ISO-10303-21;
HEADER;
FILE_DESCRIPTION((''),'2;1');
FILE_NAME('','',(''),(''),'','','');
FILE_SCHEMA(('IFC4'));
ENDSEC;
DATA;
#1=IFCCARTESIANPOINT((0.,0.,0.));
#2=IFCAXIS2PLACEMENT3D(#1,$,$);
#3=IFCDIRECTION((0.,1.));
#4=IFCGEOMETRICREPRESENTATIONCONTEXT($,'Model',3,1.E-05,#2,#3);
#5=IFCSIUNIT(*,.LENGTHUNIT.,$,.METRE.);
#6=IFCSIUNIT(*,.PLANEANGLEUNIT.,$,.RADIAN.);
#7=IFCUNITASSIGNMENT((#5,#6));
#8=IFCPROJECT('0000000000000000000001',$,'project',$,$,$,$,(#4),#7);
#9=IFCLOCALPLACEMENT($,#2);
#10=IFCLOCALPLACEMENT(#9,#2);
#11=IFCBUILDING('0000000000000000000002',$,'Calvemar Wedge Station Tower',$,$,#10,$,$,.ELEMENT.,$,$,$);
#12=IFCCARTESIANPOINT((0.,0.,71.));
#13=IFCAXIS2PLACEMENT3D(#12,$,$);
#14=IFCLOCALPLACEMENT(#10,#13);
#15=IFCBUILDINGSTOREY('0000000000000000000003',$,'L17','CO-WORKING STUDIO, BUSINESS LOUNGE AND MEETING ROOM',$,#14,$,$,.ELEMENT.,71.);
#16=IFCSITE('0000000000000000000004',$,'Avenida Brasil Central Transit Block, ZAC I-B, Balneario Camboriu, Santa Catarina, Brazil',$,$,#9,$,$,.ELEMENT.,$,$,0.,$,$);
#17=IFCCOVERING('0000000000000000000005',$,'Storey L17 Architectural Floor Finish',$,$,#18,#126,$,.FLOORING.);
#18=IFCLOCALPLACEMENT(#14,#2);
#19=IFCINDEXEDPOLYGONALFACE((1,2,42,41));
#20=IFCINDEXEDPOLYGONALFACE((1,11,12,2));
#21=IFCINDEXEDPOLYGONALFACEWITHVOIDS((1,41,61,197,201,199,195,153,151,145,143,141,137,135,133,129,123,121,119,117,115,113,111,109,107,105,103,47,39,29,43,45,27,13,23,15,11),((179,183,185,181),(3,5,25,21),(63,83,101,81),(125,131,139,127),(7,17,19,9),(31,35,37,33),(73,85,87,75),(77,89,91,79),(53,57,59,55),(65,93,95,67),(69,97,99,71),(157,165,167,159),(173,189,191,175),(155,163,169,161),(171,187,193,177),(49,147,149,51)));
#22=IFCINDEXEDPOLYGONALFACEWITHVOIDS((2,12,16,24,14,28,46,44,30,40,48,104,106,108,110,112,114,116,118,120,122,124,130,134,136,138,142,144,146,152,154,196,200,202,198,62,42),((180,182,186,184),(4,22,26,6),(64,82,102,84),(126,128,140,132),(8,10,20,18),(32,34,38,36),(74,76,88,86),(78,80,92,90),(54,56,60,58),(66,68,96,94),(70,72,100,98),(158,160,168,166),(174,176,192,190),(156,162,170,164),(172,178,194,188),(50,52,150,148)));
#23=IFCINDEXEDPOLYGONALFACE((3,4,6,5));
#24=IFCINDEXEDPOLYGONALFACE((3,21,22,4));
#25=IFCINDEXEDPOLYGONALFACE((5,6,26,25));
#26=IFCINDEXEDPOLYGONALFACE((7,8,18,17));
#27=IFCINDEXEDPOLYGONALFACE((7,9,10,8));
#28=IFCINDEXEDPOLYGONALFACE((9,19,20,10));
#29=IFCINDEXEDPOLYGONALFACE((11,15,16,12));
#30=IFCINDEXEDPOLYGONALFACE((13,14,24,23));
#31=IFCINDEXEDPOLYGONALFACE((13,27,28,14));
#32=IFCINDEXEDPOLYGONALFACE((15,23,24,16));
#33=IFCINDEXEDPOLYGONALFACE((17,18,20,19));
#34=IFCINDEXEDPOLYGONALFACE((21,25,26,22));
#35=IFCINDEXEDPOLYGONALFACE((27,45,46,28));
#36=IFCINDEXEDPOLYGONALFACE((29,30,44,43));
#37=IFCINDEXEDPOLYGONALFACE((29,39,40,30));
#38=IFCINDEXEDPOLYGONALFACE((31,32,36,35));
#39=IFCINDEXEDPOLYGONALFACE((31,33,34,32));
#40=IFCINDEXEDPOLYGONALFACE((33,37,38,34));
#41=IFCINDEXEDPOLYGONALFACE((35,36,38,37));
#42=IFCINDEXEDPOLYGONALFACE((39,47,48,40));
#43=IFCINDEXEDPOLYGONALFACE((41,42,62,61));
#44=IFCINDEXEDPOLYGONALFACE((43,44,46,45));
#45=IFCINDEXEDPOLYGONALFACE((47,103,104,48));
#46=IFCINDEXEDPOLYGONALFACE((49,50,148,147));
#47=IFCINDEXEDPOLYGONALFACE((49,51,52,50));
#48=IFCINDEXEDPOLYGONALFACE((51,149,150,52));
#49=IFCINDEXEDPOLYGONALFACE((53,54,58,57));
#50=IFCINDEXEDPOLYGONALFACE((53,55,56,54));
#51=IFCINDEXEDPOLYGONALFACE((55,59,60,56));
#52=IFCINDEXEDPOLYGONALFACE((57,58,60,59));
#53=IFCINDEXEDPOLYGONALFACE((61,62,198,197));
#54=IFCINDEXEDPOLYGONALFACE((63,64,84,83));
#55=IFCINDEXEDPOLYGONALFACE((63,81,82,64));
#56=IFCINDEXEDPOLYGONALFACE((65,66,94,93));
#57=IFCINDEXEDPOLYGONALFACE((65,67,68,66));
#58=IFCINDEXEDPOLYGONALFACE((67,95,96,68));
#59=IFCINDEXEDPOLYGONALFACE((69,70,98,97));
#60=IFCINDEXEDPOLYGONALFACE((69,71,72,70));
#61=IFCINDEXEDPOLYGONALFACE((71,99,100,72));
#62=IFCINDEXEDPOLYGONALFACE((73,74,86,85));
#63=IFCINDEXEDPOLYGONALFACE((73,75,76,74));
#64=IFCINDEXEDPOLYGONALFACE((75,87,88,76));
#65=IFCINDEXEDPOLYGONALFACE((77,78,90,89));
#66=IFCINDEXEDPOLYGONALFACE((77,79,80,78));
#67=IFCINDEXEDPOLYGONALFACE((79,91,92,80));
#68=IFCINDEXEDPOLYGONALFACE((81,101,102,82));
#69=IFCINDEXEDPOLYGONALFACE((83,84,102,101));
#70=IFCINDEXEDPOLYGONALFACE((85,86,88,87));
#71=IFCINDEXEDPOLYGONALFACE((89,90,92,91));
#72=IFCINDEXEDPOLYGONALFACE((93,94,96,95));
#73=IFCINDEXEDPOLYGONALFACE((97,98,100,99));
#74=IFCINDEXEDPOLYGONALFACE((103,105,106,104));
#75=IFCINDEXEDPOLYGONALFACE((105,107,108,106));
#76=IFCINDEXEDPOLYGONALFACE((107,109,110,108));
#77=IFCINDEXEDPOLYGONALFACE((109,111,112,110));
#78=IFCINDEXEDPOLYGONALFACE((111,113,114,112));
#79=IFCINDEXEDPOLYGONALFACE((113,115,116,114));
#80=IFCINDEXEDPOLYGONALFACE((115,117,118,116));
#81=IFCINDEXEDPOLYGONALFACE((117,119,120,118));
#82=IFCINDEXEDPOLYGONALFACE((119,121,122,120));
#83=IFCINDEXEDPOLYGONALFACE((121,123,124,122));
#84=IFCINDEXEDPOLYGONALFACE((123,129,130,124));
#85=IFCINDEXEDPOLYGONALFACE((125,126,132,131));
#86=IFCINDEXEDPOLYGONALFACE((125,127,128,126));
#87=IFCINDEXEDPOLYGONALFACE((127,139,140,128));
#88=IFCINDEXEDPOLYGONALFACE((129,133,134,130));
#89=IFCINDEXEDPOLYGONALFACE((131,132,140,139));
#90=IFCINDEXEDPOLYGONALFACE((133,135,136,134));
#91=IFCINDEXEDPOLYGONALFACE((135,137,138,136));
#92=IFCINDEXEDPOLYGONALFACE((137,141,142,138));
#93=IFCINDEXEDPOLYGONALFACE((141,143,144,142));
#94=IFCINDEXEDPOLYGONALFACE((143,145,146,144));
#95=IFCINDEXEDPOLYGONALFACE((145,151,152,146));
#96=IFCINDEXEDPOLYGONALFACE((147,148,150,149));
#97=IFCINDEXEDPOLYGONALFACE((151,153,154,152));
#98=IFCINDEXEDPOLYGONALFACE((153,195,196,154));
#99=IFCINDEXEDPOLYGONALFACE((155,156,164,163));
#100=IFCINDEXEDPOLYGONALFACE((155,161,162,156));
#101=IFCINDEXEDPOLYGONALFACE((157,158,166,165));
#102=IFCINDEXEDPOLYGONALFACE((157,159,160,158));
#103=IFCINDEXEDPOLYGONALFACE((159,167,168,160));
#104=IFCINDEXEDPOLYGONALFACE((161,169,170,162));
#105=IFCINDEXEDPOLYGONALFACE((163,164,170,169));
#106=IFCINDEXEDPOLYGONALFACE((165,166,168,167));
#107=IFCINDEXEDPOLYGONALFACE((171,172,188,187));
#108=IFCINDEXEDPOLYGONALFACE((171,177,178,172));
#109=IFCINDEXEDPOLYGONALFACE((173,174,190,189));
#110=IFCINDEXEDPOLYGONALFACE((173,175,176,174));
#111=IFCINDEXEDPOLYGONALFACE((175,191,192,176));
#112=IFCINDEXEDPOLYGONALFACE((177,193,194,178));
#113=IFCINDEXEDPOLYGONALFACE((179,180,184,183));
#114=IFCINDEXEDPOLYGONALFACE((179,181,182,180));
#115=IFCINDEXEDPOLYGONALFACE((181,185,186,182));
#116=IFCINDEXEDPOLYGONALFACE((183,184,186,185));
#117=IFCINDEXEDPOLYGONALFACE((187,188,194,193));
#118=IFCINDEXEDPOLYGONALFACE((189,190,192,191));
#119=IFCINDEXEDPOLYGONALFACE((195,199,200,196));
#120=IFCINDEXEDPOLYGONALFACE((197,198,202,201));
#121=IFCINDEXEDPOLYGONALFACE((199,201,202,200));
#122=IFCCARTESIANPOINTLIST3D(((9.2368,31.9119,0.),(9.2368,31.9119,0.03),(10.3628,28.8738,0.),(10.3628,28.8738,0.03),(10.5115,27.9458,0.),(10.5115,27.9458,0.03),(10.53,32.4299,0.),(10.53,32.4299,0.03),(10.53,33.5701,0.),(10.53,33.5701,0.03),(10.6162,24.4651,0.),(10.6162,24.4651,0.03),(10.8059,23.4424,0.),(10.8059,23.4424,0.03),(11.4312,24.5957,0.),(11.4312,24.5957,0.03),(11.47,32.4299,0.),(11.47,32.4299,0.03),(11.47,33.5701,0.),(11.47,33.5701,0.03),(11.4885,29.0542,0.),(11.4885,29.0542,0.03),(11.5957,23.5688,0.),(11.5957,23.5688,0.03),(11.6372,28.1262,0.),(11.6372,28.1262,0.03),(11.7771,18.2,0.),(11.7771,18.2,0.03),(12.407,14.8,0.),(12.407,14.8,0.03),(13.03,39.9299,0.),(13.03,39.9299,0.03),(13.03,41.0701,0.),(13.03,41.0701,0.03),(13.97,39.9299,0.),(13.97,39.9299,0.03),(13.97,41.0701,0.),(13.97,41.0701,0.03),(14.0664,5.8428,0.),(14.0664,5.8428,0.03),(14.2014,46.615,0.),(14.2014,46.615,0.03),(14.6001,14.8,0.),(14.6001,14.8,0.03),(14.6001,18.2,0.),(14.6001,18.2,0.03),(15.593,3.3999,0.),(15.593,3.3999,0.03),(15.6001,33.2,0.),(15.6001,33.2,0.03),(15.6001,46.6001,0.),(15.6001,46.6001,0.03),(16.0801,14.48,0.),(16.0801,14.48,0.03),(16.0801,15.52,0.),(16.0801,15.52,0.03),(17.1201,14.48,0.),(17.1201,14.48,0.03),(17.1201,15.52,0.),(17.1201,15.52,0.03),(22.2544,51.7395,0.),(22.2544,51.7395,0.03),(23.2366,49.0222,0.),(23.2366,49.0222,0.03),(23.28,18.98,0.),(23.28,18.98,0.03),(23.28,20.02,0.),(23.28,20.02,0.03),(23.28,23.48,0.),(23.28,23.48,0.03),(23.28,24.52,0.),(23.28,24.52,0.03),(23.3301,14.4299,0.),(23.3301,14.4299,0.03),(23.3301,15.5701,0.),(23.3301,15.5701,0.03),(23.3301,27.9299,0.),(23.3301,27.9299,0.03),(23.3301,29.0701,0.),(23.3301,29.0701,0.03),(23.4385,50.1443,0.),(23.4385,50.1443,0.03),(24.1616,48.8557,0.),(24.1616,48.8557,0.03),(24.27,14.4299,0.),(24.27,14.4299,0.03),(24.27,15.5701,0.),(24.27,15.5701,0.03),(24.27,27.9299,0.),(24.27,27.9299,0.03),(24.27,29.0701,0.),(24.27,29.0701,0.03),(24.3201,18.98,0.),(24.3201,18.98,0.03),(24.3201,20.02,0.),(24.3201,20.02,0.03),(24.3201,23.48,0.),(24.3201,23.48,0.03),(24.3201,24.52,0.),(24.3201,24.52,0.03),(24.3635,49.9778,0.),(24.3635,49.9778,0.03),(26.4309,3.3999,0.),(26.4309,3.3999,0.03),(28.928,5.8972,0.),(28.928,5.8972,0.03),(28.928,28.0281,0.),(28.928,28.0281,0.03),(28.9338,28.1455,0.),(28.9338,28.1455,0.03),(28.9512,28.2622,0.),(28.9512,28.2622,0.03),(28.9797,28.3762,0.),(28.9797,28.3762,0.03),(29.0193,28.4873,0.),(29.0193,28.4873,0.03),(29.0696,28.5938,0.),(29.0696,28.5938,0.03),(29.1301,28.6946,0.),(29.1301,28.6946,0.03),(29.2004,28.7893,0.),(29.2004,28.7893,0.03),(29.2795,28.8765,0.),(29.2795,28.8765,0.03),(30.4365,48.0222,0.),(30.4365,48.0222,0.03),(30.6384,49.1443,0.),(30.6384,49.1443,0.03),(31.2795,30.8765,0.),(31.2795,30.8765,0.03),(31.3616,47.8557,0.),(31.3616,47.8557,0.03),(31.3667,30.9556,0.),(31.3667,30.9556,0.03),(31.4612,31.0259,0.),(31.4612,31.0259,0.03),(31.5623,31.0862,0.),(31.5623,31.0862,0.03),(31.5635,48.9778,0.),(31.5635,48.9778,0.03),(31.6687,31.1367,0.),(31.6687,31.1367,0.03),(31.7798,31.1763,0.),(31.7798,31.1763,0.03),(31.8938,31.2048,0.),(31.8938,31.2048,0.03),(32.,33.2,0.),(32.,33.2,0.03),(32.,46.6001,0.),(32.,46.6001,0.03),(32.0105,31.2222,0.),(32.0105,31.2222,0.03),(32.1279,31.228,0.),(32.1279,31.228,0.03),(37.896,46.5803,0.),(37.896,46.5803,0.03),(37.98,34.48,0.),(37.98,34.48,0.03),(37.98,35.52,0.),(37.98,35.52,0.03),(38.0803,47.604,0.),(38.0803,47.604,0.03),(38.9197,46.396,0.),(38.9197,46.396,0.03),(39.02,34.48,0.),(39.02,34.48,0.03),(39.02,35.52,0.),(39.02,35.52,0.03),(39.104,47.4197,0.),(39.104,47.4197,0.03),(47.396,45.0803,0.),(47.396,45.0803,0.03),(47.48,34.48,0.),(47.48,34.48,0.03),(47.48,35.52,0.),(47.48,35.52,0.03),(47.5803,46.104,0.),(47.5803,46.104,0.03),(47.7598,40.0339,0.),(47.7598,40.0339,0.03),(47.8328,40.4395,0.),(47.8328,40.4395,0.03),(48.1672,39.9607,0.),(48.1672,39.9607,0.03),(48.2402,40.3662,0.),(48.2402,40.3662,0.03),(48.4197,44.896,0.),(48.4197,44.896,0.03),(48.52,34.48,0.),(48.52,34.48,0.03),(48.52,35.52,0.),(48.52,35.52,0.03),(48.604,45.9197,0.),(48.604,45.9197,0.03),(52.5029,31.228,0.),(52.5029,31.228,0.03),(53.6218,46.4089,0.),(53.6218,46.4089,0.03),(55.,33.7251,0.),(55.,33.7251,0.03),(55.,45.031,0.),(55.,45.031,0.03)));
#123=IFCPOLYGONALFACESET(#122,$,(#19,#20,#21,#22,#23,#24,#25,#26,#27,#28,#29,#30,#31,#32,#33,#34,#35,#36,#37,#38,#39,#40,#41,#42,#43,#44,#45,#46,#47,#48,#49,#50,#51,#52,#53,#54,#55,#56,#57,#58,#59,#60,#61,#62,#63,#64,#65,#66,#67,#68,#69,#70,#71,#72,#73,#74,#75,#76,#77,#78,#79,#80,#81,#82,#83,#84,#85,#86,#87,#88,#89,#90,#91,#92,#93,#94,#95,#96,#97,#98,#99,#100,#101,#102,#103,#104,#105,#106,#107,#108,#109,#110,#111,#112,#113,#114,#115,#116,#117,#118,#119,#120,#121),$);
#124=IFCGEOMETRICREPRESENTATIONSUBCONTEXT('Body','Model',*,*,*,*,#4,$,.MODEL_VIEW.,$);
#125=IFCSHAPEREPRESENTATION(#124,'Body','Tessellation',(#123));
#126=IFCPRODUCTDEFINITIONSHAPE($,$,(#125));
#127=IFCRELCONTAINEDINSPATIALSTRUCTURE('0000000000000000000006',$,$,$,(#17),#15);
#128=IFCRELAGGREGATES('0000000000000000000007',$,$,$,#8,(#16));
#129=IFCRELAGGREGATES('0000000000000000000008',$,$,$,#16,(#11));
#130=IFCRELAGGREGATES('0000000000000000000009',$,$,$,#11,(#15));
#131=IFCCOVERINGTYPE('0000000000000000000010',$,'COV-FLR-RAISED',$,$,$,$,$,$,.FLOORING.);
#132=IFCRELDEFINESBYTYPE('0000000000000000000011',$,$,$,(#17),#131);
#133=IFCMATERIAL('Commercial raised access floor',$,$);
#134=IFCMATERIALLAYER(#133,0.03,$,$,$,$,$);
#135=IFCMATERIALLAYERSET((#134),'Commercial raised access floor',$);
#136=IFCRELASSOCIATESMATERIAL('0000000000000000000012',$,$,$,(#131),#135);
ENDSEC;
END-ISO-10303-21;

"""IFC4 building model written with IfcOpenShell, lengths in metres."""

from ifc_helpers import new_model, si_unit, direction, frame, origin, place, context, subcontext, project, spatial, polyline, outline, extrude, material, layer, layer_set, type_object, element, save


model = new_model("IFC4")

# Units and contexts
model_context = context("Model", 3, precision=1e-05, world=origin(), true_north=direction((0.0, 1.0)))
body_context = subcontext(model_context, "Body", "Model", "MODEL_VIEW")
ifc_project = project(units=[si_unit("LENGTHUNIT", "METRE"), si_unit("PLANEANGLEUNIT", "RADIAN")], contexts=[model_context])

# Site, building, storey
site_placement = place(None, origin())
site = spatial("IfcSite", under=ifc_project, at=site_placement, Name="Avenida Brasil Central Transit Block, ZAC I-B, Balneario Camboriu, Santa Catarina, Brazil", CompositionType="ELEMENT", RefElevation=0.0)
building_placement = place(site_placement, origin())
building = spatial("IfcBuilding", under=site, at=building_placement, Name="Calvemar Wedge Station Tower", CompositionType="ELEMENT")
storey_placement = place(building_placement, frame((0.0, 0.0, 71.0)))
storey = spatial("IfcBuildingStorey", under=building, at=storey_placement, Name="L17", Description="CO-WORKING STUDIO, BUSINESS LOUNGE AND MEETING ROOM", CompositionType="ELEMENT", Elevation=71.0)

# Covering
ifc_material_1 = material(Name="Commercial raised access floor")
ifc_layer_1 = layer(ifc_material_1, 0.03)
ifc_layer_set_1 = layer_set([ifc_layer_1], Name="Commercial raised access floor")
covering_type_1 = type_object("IfcCoveringType", Name="COV-FLR-RAISED", PredefinedType="FLOORING", material=ifc_layer_set_1)
covering_1_placement = place(storey_placement, origin())
element("IfcCovering", 1, at=covering_1_placement, inside=storey, type_object=covering_type_1, Name="Storey L17 Architectural Floor Finish", PredefinedType="FLOORING", context=body_context, shape_type="SweptSolid", body=[
    extrude(outline(polyline([(29.2795, 28.8765), (31.2795, 30.8765), (31.3667, 30.9556), (31.4612, 31.0259), (31.5623, 31.0862), (31.6687, 31.1367), (31.7798, 31.1763), (31.8938, 31.2048), (32.0105, 31.2222), (32.1279, 31.228), (52.5029, 31.228), (55.0, 33.7251), (55.0, 45.031), (53.6218, 46.4089), (22.2544, 51.7395), (14.2014, 46.615), (9.2368, 31.9119), (10.6162, 24.4651), (11.4312, 24.5957), (11.5957, 23.5688), (10.8059, 23.4424), (11.7771, 18.2), (14.6001, 18.2), (14.6001, 14.8), (12.407, 14.8), (14.0664, 5.8428), (15.593, 3.3999), (26.4309, 3.3999), (28.928, 5.8972), (28.928, 28.0281), (28.9338, 28.1455), (28.9512, 28.2622), (28.9797, 28.3762), (29.0193, 28.4873), (29.0696, 28.5938), (29.1301, 28.6946), (29.2004, 28.7893), (29.2795, 28.8765)]), holes=[polyline([(15.6001, 46.6001), (32.0, 46.6001), (32.0, 33.2), (15.6001, 33.2), (15.6001, 46.6001)]), polyline([(10.53, 32.4299), (10.53, 33.5701), (11.47, 33.5701), (11.47, 32.4299), (10.53, 32.4299)]), polyline([(13.03, 41.0701), (13.97, 41.0701), (13.97, 39.9299), (13.03, 39.9299), (13.03, 41.0701)]), polyline([(24.3635, 49.9778), (24.1616, 48.8557), (23.2366, 49.0222), (23.4385, 50.1443), (24.3635, 49.9778)]), polyline([(31.3616, 47.8557), (30.4365, 48.0222), (30.6384, 49.1443), (31.5635, 48.9778), (31.3616, 47.8557)]), polyline([(37.896, 46.5803), (38.0803, 47.604), (39.104, 47.4197), (38.9197, 46.396), (37.896, 46.5803)]), polyline([(47.5803, 46.104), (48.604, 45.9197), (48.4197, 44.896), (47.396, 45.0803), (47.5803, 46.104)]), polyline([(39.02, 35.52), (39.02, 34.48), (37.98, 34.48), (37.98, 35.52), (39.02, 35.52)]), polyline([(48.52, 34.48), (47.48, 34.48), (47.48, 35.52), (48.52, 35.52), (48.52, 34.48)]), polyline([(47.7598, 40.0339), (47.8328, 40.4395), (48.2402, 40.3662), (48.1672, 39.9607), (47.7598, 40.0339)]), polyline([(11.4885, 29.0542), (11.6372, 28.1262), (10.5115, 27.9458), (10.3628, 28.8738), (11.4885, 29.0542)]), polyline([(24.27, 27.9299), (23.3301, 27.9299), (23.3301, 29.0701), (24.27, 29.0701), (24.27, 27.9299)]), polyline([(23.28, 23.48), (23.28, 24.52), (24.3201, 24.52), (24.3201, 23.48), (23.28, 23.48)]), polyline([(23.28, 20.02), (24.3201, 20.02), (24.3201, 18.98), (23.28, 18.98), (23.28, 20.02)]), polyline([(24.27, 15.5701), (24.27, 14.4299), (23.3301, 14.4299), (23.3301, 15.5701), (24.27, 15.5701)]), polyline([(17.1201, 14.48), (16.0801, 14.48), (16.0801, 15.52), (17.1201, 15.52), (17.1201, 14.48)])]), origin(), (0.0, 0.0, 1.0), 0.03),
])

save(model, "model.ifc")
